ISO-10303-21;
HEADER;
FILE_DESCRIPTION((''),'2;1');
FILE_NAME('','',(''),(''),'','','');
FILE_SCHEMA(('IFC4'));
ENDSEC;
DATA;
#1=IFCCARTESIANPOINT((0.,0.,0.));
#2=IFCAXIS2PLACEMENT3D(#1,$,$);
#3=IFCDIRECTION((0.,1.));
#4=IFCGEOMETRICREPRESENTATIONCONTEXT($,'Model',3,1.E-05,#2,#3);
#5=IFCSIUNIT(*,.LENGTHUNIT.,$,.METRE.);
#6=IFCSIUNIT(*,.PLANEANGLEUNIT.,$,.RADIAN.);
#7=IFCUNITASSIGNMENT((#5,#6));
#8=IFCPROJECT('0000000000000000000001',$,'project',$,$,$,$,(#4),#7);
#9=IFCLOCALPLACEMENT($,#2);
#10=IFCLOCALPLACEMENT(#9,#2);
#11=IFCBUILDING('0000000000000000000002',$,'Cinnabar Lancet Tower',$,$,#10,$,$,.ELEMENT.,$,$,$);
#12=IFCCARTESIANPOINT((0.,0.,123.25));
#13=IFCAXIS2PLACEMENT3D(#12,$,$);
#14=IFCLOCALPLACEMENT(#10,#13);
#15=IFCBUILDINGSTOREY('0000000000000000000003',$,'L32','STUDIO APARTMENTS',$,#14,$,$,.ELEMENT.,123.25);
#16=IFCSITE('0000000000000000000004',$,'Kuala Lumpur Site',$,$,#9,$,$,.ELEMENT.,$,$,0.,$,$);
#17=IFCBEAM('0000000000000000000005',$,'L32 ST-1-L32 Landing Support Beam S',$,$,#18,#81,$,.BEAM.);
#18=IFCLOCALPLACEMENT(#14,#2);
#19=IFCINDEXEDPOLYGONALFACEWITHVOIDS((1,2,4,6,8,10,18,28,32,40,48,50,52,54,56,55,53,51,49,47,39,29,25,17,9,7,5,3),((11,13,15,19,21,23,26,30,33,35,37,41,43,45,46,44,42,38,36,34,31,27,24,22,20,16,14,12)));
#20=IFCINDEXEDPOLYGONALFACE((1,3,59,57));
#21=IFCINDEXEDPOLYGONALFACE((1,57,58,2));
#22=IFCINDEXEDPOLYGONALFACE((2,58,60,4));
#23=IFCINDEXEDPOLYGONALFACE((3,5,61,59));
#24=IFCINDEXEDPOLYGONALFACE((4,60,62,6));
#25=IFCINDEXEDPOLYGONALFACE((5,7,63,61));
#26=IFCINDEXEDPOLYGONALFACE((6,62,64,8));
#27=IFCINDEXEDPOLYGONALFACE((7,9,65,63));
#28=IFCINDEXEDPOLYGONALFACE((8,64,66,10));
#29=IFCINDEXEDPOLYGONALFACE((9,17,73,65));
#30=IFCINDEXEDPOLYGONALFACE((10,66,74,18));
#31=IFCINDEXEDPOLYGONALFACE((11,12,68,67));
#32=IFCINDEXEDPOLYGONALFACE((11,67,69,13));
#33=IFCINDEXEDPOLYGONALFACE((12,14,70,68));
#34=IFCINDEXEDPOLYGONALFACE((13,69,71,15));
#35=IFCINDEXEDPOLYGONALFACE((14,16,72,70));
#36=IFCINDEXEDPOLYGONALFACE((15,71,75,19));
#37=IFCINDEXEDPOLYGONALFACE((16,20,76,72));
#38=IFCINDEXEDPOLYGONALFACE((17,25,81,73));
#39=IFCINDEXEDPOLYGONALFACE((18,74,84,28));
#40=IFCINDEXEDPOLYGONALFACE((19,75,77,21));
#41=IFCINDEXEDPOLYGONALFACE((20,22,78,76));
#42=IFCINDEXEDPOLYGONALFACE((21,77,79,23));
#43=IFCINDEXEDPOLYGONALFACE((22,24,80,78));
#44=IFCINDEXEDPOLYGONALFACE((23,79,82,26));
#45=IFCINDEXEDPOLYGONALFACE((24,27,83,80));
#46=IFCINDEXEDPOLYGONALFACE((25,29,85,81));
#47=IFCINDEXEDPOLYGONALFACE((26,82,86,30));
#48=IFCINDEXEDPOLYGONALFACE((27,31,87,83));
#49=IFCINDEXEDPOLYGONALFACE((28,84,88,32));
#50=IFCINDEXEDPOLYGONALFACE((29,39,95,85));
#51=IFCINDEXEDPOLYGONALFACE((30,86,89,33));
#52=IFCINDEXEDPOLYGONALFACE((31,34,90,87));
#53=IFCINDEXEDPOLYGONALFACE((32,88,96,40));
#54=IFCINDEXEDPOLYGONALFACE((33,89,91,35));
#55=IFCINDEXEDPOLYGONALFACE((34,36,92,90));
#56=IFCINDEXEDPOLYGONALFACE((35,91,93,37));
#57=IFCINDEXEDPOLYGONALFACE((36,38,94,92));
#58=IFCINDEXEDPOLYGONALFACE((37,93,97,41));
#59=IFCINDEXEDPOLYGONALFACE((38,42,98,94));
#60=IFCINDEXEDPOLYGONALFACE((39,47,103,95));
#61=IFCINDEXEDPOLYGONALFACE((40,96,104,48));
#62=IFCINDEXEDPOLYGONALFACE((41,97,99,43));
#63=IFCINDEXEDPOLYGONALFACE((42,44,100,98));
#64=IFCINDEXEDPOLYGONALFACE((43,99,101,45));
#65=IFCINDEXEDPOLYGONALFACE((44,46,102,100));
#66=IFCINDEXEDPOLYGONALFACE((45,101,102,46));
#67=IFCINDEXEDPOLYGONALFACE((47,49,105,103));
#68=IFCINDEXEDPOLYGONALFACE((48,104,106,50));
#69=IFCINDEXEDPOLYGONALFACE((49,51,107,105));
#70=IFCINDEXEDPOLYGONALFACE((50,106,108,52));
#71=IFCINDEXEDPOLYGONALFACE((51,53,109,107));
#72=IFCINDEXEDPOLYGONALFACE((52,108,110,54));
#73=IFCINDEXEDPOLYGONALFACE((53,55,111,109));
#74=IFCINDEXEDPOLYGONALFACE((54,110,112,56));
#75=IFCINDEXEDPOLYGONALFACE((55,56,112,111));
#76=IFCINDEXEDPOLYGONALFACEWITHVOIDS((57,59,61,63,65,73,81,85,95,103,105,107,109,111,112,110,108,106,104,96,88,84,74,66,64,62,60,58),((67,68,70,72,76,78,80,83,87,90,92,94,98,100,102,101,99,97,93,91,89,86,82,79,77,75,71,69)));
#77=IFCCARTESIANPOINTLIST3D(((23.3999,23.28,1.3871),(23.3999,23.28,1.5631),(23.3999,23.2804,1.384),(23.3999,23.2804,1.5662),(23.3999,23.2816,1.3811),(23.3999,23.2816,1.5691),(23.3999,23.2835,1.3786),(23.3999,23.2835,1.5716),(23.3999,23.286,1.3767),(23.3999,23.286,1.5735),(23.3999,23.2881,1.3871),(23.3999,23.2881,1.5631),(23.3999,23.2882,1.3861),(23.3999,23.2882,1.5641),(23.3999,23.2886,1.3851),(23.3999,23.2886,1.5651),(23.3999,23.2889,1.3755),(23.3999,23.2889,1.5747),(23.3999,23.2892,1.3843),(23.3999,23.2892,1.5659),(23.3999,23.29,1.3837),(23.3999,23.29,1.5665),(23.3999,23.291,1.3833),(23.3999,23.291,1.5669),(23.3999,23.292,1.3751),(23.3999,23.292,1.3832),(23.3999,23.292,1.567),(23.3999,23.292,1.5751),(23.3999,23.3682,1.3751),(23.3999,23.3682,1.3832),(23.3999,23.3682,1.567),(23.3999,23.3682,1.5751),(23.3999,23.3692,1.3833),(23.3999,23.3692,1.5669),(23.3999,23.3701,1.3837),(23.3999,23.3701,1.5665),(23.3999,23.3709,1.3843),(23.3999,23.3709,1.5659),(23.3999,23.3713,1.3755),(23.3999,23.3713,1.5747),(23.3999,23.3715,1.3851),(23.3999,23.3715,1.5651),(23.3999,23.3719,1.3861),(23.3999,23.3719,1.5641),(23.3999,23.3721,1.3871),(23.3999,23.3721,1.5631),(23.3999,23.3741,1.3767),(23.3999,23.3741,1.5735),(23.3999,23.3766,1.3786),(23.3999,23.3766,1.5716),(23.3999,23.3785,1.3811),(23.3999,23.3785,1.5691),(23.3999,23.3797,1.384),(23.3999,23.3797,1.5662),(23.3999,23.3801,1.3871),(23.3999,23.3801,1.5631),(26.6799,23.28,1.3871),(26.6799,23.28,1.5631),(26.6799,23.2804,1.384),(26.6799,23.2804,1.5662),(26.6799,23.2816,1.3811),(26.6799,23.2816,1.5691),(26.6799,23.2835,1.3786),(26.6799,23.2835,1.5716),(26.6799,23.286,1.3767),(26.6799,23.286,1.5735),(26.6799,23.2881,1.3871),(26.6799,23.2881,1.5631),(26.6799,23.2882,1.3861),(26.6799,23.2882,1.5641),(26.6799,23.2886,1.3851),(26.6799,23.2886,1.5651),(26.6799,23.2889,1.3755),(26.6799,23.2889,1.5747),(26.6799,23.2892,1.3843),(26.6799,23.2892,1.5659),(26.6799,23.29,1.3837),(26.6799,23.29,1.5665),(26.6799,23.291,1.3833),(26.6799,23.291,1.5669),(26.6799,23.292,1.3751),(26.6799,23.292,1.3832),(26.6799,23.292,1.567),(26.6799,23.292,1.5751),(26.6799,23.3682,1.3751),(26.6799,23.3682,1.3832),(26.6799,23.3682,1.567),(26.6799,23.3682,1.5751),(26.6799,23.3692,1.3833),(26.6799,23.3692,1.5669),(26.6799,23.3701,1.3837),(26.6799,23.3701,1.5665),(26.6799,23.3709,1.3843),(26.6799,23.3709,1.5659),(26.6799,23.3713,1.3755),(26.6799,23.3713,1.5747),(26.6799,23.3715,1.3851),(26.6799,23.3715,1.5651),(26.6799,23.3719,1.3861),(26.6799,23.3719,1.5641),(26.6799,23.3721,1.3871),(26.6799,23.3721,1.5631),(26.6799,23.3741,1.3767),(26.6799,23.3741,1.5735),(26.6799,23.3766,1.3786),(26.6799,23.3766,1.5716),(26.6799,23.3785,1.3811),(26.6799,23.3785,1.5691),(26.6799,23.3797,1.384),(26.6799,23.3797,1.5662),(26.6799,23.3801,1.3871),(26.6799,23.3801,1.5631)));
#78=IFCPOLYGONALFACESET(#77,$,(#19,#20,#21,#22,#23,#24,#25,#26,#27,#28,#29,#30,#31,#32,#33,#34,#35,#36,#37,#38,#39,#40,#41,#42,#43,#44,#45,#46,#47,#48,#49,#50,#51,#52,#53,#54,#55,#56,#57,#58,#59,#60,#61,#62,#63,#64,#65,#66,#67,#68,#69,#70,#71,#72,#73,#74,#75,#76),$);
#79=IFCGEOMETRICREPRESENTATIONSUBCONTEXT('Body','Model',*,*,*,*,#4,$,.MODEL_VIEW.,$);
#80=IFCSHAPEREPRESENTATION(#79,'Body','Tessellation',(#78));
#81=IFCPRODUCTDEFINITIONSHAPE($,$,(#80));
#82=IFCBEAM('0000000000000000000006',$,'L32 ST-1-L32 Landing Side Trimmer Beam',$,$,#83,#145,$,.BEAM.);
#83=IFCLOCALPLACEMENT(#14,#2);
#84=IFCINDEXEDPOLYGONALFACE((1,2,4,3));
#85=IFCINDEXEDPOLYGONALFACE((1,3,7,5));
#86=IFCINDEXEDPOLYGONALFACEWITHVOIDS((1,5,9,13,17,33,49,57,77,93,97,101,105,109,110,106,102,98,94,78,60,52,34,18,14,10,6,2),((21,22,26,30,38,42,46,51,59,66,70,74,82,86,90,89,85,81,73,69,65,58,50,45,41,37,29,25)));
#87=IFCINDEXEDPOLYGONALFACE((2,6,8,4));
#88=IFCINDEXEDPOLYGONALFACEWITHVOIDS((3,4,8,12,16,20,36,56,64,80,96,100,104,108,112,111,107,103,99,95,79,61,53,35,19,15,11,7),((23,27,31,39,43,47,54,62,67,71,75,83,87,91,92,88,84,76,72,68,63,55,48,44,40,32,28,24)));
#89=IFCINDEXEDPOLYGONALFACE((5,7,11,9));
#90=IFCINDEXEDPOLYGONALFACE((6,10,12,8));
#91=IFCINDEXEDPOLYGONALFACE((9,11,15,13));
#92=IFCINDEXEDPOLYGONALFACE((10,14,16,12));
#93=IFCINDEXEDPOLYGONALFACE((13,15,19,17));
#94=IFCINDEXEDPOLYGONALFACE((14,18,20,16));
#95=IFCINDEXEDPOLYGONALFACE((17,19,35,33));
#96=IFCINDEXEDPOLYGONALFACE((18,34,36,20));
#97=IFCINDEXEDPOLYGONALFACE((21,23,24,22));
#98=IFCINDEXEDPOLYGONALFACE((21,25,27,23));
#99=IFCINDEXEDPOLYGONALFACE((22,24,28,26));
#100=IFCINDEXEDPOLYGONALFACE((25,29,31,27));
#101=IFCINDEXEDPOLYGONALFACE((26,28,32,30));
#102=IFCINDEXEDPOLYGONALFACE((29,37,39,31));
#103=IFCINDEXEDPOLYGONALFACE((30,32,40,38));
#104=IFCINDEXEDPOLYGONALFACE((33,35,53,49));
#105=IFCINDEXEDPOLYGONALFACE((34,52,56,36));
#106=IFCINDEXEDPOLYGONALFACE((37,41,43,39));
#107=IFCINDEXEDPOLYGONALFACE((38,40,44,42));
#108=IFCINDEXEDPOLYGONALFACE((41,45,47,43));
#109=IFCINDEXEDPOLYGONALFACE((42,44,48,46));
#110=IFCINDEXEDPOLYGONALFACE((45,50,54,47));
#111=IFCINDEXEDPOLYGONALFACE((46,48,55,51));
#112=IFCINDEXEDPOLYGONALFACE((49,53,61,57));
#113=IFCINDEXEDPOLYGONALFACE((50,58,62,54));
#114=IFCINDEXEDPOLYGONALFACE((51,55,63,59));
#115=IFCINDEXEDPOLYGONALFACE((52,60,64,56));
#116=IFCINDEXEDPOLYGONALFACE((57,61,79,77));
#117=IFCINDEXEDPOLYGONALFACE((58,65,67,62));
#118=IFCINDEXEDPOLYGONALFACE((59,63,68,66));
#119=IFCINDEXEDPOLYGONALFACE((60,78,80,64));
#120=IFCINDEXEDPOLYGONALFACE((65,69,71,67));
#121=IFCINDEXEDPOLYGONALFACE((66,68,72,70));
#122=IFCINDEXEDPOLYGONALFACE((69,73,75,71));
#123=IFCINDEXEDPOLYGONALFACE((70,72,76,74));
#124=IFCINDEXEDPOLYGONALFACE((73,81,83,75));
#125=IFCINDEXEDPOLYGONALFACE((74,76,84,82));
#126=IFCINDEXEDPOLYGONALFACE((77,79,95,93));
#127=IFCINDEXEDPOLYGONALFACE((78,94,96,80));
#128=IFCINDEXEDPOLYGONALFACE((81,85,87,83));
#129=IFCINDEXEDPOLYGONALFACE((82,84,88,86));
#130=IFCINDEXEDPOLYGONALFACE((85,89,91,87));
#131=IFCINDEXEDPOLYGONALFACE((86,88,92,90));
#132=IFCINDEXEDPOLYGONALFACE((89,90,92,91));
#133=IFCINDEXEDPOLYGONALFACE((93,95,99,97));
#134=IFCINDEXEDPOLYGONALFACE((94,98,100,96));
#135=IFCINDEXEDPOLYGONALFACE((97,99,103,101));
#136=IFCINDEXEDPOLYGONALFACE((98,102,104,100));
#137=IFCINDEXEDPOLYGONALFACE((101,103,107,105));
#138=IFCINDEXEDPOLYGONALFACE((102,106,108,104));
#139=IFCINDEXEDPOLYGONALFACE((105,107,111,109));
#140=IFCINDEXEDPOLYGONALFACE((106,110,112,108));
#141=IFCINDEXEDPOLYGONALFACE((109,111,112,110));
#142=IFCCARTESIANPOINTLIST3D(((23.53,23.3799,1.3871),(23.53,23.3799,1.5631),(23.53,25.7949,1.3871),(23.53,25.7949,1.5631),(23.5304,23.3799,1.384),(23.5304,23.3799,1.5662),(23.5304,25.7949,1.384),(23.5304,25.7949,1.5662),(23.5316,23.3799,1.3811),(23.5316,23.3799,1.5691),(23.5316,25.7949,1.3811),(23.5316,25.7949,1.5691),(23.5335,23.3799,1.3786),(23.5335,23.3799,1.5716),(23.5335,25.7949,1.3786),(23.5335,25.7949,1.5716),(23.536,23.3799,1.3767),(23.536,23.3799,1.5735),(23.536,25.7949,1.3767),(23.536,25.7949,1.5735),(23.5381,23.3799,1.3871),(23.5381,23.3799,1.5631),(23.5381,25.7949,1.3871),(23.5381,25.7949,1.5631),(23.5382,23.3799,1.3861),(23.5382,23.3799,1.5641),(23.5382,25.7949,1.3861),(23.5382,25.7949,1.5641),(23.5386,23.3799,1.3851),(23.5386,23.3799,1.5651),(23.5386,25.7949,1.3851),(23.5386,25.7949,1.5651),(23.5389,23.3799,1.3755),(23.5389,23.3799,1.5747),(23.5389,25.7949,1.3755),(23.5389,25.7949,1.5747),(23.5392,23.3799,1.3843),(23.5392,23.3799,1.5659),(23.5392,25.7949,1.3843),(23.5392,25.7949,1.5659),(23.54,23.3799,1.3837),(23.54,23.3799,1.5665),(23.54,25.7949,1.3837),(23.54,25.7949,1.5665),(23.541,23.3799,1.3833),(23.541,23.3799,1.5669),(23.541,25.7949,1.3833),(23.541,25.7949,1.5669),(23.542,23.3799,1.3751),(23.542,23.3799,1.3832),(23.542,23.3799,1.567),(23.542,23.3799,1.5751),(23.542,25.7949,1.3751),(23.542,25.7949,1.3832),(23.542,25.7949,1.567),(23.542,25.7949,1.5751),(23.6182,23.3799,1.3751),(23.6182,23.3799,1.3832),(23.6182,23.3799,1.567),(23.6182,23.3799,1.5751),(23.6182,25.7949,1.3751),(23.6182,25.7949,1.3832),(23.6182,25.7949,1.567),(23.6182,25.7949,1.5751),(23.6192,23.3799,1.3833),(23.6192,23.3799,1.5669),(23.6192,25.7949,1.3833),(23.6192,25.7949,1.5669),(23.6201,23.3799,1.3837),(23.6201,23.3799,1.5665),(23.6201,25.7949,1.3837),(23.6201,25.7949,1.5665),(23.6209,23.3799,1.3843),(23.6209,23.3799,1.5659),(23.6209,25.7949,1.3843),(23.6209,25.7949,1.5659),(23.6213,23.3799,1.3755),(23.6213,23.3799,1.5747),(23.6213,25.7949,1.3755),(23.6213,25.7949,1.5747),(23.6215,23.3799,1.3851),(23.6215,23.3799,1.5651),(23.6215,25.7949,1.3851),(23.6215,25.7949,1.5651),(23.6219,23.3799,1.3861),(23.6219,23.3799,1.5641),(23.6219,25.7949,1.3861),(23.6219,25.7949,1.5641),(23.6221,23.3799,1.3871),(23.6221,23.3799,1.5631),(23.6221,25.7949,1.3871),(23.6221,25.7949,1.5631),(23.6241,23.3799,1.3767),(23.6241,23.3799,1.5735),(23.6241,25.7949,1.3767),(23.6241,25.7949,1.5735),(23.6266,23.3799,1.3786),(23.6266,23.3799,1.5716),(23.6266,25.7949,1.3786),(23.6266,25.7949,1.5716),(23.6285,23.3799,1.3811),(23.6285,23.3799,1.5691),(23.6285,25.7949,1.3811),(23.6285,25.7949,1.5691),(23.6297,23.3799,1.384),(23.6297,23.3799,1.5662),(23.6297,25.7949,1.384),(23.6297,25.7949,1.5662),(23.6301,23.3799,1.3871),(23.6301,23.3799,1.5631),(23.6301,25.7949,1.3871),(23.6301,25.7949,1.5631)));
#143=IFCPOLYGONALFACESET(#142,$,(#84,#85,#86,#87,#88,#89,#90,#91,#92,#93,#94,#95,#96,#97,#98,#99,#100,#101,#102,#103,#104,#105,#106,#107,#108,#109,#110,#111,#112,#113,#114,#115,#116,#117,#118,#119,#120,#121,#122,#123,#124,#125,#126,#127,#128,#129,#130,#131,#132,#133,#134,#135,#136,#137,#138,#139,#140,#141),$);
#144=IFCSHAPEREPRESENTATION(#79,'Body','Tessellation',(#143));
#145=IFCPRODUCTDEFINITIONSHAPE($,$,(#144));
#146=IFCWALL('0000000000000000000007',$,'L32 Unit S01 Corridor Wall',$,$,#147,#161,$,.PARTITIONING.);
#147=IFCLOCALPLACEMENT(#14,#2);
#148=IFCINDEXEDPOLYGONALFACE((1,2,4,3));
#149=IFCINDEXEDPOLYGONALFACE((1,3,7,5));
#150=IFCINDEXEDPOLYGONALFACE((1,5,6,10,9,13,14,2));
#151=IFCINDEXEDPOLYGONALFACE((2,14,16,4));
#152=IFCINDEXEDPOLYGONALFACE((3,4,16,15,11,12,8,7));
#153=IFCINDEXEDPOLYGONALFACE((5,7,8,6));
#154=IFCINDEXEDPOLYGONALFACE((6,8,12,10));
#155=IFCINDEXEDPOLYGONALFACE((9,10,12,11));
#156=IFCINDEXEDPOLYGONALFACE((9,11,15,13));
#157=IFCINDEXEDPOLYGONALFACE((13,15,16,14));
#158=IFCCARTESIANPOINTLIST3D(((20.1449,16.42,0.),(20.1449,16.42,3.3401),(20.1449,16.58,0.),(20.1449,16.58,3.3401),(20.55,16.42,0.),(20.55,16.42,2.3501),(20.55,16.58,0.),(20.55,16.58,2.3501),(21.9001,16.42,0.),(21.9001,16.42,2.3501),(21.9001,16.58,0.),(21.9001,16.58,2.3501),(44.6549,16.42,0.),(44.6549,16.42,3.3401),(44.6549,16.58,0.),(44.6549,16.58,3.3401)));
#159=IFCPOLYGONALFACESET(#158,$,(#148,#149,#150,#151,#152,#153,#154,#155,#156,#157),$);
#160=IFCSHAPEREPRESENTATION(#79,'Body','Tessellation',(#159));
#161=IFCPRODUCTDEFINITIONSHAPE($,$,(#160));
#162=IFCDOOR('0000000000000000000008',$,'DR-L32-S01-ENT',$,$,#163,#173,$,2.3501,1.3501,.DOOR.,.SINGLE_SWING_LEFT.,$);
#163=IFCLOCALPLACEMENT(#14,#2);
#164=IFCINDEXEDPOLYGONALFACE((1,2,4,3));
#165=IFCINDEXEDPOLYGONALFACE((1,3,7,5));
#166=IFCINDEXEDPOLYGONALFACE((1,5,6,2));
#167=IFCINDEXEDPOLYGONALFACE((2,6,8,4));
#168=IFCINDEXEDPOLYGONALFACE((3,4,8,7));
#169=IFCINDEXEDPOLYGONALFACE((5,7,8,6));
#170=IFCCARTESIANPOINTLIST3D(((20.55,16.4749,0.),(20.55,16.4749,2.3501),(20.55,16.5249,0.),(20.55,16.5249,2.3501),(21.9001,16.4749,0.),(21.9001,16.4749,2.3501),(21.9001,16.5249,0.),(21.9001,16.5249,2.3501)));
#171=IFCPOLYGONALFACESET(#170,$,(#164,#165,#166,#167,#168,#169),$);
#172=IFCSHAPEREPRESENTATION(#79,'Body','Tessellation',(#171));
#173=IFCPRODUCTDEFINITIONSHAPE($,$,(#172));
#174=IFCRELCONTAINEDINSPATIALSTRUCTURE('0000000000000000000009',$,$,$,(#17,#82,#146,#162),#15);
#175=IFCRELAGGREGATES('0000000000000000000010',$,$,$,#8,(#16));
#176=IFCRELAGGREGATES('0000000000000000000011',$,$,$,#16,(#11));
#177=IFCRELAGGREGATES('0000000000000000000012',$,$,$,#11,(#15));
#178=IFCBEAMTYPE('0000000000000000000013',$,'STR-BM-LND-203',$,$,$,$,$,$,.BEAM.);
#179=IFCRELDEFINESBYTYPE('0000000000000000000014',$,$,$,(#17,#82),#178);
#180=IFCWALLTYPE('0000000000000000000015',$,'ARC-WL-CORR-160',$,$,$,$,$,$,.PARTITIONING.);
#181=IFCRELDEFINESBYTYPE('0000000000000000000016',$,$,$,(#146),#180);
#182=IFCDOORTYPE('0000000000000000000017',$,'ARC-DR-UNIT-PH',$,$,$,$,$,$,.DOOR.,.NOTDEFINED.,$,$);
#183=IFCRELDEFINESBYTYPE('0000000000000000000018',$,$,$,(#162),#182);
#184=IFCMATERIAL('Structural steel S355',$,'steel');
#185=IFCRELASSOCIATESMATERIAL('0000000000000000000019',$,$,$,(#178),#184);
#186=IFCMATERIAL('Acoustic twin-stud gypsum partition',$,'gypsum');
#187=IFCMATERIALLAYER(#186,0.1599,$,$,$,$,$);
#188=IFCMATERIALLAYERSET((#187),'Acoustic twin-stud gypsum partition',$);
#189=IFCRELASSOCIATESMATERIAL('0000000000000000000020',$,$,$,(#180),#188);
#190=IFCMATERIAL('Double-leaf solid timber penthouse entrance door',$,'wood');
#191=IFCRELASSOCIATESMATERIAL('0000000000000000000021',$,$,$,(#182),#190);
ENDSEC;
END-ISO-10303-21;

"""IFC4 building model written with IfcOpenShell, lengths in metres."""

from ifc_helpers import new_model, si_unit, direction, frame, frame_2d, origin, origin_2d, place, context, subcontext, project, spatial, rectangle, hollow_rectangle, extrude, material, layer, layer_set, material_profile, profile_set, type_object, element, fill, save


model = new_model("IFC4")

# Units and contexts
model_context = context("Model", 3, precision=1e-05, world=origin(), true_north=direction((0.0, 1.0)))
body_context = subcontext(model_context, "Body", "Model", "MODEL_VIEW")
ifc_project = project(units=[si_unit("LENGTHUNIT", "METRE"), si_unit("PLANEANGLEUNIT", "RADIAN")], contexts=[model_context])

# Site, building, storey
site_placement = place(None, origin())
site = spatial("IfcSite", under=ifc_project, at=site_placement, Name="Kuala Lumpur Site", CompositionType="ELEMENT", RefElevation=0.0)
building_placement = place(site_placement, origin())
building = spatial("IfcBuilding", under=site, at=building_placement, Name="Cinnabar Lancet Tower", CompositionType="ELEMENT")
storey_placement = place(building_placement, frame((0.0, 0.0, 123.25)))
storey = spatial("IfcBuildingStorey", under=building, at=storey_placement, Name="L32", Description="STUDIO APARTMENTS", CompositionType="ELEMENT", Elevation=123.25)

# Beams
ifc_material_1 = material(Name="Structural steel S355", Category="steel")
ifc_material_profile_1 = material_profile(ifc_material_1, hollow_rectangle(XDim=0.1001, YDim=0.2, WallThickness=0.0081, InnerFilletRadius=0.0039, OuterFilletRadius=0.012, at=origin_2d()), Name="RHS 200x100x8")
ifc_profile_set_1 = profile_set([ifc_material_profile_1], Name="Structural steel S355")
beam_type_1 = type_object("IfcBeamType", Name="STR-BM-LND-203", PredefinedType="BEAM", material=ifc_profile_set_1)
beam_1_placement = place(storey_placement, frame((23.3999, 23.3301, 1.4751), z_axis=(1.0, 0.0, 0.0), x_axis=(0.0, 1.0, 0.0)))
element("IfcBeam", 1, at=beam_1_placement, inside=storey, type_object=beam_type_1, Name="L32 ST-1-L32 Landing Support Beam S", PredefinedType="BEAM", context=body_context, shape_type="SweptSolid", body=[
    extrude(hollow_rectangle(XDim=0.1001, YDim=0.2, WallThickness=0.0081, InnerFilletRadius=0.0039, OuterFilletRadius=0.012, at=origin_2d()), origin(), (0.0, 0.0, 1.0), 3.28),
])
beam_2_placement = place(storey_placement, frame((23.5801, 23.3799, 1.4751), z_axis=(0.0, 1.0, 0.0), x_axis=(-1.0, 0.0, 0.0)))
element("IfcBeam", 2, at=beam_2_placement, inside=storey, type_object=beam_type_1, Name="L32 ST-1-L32 Landing Side Trimmer Beam", PredefinedType="BEAM", context=body_context, shape_type="SweptSolid", body=[
    extrude(hollow_rectangle(XDim=0.1001, YDim=0.2, WallThickness=0.0081, InnerFilletRadius=0.0039, OuterFilletRadius=0.012, at=origin_2d()), origin(), (0.0, 0.0, 1.0), 2.415),
])

# Wall, opening, door
ifc_material_2 = material(Name="Acoustic twin-stud gypsum partition", Category="gypsum")
ifc_layer_1 = layer(ifc_material_2, 0.1599)
ifc_layer_set_1 = layer_set([ifc_layer_1], Name="Acoustic twin-stud gypsum partition")
wall_type_1 = type_object("IfcWallType", Name="ARC-WL-CORR-160", PredefinedType="PARTITIONING", material=ifc_layer_set_1)
wall_1_placement = place(storey_placement, frame((20.145, 16.5, 0.0), z_axis=(0.0, 0.0, 1.0), x_axis=(1.0, 0.0, 0.0)))
wall_1 = element("IfcWall", 3, at=wall_1_placement, inside=storey, type_object=wall_type_1, Name="L32 Unit S01 Corridor Wall", PredefinedType="PARTITIONING", context=body_context, shape_type="SweptSolid", body=[
    extrude(rectangle(XDim=24.51, YDim=0.1599, at=frame_2d((12.2549, 0.0))), origin(), (0.0, 0.0, 1.0), 3.3401),
])
opening_1_placement = place(wall_1_placement, frame((0.405, 0.0, 0.0)))
opening_1 = element("IfcOpeningElement", 4, at=opening_1_placement, cuts=wall_1, PredefinedType="OPENING", context=body_context, shape_type="SweptSolid", body=[
    extrude(rectangle(XDim=1.3501, YDim=2.3501, at=frame_2d((0.675, 1.175))), frame((0.0, 0.0898, 0.0), z_axis=(0.0, -1.0, 0.0), x_axis=(1.0, 0.0, 0.0)), (0.0, 0.0, 1.0), 0.1799),
])
ifc_material_3 = material(Name="Double-leaf solid timber penthouse entrance door", Category="wood")
door_type_1 = type_object("IfcDoorType", Name="ARC-DR-UNIT-PH", OperationType="NOTDEFINED", PredefinedType="DOOR", material=ifc_material_3)
door_1_placement = place(opening_1_placement, origin())
door_1 = element("IfcDoor", 5, at=door_1_placement, inside=storey, type_object=door_type_1, Name="DR-L32-S01-ENT", OperationType="SINGLE_SWING_LEFT", OverallHeight=2.3501, OverallWidth=1.3501, PredefinedType="DOOR", context=body_context, shape_type="SweptSolid", body=[
    extrude(rectangle(XDim=1.3501, YDim=2.3501, at=frame_2d((0.675, 1.175))), frame((0.0, 0.0249, 0.0), z_axis=(0.0, -1.0, 0.0), x_axis=(1.0, 0.0, 0.0)), (0.0, 0.0, 1.0), 0.05),
])
fill(opening_1, door_1)

save(model, "model.ifc")
